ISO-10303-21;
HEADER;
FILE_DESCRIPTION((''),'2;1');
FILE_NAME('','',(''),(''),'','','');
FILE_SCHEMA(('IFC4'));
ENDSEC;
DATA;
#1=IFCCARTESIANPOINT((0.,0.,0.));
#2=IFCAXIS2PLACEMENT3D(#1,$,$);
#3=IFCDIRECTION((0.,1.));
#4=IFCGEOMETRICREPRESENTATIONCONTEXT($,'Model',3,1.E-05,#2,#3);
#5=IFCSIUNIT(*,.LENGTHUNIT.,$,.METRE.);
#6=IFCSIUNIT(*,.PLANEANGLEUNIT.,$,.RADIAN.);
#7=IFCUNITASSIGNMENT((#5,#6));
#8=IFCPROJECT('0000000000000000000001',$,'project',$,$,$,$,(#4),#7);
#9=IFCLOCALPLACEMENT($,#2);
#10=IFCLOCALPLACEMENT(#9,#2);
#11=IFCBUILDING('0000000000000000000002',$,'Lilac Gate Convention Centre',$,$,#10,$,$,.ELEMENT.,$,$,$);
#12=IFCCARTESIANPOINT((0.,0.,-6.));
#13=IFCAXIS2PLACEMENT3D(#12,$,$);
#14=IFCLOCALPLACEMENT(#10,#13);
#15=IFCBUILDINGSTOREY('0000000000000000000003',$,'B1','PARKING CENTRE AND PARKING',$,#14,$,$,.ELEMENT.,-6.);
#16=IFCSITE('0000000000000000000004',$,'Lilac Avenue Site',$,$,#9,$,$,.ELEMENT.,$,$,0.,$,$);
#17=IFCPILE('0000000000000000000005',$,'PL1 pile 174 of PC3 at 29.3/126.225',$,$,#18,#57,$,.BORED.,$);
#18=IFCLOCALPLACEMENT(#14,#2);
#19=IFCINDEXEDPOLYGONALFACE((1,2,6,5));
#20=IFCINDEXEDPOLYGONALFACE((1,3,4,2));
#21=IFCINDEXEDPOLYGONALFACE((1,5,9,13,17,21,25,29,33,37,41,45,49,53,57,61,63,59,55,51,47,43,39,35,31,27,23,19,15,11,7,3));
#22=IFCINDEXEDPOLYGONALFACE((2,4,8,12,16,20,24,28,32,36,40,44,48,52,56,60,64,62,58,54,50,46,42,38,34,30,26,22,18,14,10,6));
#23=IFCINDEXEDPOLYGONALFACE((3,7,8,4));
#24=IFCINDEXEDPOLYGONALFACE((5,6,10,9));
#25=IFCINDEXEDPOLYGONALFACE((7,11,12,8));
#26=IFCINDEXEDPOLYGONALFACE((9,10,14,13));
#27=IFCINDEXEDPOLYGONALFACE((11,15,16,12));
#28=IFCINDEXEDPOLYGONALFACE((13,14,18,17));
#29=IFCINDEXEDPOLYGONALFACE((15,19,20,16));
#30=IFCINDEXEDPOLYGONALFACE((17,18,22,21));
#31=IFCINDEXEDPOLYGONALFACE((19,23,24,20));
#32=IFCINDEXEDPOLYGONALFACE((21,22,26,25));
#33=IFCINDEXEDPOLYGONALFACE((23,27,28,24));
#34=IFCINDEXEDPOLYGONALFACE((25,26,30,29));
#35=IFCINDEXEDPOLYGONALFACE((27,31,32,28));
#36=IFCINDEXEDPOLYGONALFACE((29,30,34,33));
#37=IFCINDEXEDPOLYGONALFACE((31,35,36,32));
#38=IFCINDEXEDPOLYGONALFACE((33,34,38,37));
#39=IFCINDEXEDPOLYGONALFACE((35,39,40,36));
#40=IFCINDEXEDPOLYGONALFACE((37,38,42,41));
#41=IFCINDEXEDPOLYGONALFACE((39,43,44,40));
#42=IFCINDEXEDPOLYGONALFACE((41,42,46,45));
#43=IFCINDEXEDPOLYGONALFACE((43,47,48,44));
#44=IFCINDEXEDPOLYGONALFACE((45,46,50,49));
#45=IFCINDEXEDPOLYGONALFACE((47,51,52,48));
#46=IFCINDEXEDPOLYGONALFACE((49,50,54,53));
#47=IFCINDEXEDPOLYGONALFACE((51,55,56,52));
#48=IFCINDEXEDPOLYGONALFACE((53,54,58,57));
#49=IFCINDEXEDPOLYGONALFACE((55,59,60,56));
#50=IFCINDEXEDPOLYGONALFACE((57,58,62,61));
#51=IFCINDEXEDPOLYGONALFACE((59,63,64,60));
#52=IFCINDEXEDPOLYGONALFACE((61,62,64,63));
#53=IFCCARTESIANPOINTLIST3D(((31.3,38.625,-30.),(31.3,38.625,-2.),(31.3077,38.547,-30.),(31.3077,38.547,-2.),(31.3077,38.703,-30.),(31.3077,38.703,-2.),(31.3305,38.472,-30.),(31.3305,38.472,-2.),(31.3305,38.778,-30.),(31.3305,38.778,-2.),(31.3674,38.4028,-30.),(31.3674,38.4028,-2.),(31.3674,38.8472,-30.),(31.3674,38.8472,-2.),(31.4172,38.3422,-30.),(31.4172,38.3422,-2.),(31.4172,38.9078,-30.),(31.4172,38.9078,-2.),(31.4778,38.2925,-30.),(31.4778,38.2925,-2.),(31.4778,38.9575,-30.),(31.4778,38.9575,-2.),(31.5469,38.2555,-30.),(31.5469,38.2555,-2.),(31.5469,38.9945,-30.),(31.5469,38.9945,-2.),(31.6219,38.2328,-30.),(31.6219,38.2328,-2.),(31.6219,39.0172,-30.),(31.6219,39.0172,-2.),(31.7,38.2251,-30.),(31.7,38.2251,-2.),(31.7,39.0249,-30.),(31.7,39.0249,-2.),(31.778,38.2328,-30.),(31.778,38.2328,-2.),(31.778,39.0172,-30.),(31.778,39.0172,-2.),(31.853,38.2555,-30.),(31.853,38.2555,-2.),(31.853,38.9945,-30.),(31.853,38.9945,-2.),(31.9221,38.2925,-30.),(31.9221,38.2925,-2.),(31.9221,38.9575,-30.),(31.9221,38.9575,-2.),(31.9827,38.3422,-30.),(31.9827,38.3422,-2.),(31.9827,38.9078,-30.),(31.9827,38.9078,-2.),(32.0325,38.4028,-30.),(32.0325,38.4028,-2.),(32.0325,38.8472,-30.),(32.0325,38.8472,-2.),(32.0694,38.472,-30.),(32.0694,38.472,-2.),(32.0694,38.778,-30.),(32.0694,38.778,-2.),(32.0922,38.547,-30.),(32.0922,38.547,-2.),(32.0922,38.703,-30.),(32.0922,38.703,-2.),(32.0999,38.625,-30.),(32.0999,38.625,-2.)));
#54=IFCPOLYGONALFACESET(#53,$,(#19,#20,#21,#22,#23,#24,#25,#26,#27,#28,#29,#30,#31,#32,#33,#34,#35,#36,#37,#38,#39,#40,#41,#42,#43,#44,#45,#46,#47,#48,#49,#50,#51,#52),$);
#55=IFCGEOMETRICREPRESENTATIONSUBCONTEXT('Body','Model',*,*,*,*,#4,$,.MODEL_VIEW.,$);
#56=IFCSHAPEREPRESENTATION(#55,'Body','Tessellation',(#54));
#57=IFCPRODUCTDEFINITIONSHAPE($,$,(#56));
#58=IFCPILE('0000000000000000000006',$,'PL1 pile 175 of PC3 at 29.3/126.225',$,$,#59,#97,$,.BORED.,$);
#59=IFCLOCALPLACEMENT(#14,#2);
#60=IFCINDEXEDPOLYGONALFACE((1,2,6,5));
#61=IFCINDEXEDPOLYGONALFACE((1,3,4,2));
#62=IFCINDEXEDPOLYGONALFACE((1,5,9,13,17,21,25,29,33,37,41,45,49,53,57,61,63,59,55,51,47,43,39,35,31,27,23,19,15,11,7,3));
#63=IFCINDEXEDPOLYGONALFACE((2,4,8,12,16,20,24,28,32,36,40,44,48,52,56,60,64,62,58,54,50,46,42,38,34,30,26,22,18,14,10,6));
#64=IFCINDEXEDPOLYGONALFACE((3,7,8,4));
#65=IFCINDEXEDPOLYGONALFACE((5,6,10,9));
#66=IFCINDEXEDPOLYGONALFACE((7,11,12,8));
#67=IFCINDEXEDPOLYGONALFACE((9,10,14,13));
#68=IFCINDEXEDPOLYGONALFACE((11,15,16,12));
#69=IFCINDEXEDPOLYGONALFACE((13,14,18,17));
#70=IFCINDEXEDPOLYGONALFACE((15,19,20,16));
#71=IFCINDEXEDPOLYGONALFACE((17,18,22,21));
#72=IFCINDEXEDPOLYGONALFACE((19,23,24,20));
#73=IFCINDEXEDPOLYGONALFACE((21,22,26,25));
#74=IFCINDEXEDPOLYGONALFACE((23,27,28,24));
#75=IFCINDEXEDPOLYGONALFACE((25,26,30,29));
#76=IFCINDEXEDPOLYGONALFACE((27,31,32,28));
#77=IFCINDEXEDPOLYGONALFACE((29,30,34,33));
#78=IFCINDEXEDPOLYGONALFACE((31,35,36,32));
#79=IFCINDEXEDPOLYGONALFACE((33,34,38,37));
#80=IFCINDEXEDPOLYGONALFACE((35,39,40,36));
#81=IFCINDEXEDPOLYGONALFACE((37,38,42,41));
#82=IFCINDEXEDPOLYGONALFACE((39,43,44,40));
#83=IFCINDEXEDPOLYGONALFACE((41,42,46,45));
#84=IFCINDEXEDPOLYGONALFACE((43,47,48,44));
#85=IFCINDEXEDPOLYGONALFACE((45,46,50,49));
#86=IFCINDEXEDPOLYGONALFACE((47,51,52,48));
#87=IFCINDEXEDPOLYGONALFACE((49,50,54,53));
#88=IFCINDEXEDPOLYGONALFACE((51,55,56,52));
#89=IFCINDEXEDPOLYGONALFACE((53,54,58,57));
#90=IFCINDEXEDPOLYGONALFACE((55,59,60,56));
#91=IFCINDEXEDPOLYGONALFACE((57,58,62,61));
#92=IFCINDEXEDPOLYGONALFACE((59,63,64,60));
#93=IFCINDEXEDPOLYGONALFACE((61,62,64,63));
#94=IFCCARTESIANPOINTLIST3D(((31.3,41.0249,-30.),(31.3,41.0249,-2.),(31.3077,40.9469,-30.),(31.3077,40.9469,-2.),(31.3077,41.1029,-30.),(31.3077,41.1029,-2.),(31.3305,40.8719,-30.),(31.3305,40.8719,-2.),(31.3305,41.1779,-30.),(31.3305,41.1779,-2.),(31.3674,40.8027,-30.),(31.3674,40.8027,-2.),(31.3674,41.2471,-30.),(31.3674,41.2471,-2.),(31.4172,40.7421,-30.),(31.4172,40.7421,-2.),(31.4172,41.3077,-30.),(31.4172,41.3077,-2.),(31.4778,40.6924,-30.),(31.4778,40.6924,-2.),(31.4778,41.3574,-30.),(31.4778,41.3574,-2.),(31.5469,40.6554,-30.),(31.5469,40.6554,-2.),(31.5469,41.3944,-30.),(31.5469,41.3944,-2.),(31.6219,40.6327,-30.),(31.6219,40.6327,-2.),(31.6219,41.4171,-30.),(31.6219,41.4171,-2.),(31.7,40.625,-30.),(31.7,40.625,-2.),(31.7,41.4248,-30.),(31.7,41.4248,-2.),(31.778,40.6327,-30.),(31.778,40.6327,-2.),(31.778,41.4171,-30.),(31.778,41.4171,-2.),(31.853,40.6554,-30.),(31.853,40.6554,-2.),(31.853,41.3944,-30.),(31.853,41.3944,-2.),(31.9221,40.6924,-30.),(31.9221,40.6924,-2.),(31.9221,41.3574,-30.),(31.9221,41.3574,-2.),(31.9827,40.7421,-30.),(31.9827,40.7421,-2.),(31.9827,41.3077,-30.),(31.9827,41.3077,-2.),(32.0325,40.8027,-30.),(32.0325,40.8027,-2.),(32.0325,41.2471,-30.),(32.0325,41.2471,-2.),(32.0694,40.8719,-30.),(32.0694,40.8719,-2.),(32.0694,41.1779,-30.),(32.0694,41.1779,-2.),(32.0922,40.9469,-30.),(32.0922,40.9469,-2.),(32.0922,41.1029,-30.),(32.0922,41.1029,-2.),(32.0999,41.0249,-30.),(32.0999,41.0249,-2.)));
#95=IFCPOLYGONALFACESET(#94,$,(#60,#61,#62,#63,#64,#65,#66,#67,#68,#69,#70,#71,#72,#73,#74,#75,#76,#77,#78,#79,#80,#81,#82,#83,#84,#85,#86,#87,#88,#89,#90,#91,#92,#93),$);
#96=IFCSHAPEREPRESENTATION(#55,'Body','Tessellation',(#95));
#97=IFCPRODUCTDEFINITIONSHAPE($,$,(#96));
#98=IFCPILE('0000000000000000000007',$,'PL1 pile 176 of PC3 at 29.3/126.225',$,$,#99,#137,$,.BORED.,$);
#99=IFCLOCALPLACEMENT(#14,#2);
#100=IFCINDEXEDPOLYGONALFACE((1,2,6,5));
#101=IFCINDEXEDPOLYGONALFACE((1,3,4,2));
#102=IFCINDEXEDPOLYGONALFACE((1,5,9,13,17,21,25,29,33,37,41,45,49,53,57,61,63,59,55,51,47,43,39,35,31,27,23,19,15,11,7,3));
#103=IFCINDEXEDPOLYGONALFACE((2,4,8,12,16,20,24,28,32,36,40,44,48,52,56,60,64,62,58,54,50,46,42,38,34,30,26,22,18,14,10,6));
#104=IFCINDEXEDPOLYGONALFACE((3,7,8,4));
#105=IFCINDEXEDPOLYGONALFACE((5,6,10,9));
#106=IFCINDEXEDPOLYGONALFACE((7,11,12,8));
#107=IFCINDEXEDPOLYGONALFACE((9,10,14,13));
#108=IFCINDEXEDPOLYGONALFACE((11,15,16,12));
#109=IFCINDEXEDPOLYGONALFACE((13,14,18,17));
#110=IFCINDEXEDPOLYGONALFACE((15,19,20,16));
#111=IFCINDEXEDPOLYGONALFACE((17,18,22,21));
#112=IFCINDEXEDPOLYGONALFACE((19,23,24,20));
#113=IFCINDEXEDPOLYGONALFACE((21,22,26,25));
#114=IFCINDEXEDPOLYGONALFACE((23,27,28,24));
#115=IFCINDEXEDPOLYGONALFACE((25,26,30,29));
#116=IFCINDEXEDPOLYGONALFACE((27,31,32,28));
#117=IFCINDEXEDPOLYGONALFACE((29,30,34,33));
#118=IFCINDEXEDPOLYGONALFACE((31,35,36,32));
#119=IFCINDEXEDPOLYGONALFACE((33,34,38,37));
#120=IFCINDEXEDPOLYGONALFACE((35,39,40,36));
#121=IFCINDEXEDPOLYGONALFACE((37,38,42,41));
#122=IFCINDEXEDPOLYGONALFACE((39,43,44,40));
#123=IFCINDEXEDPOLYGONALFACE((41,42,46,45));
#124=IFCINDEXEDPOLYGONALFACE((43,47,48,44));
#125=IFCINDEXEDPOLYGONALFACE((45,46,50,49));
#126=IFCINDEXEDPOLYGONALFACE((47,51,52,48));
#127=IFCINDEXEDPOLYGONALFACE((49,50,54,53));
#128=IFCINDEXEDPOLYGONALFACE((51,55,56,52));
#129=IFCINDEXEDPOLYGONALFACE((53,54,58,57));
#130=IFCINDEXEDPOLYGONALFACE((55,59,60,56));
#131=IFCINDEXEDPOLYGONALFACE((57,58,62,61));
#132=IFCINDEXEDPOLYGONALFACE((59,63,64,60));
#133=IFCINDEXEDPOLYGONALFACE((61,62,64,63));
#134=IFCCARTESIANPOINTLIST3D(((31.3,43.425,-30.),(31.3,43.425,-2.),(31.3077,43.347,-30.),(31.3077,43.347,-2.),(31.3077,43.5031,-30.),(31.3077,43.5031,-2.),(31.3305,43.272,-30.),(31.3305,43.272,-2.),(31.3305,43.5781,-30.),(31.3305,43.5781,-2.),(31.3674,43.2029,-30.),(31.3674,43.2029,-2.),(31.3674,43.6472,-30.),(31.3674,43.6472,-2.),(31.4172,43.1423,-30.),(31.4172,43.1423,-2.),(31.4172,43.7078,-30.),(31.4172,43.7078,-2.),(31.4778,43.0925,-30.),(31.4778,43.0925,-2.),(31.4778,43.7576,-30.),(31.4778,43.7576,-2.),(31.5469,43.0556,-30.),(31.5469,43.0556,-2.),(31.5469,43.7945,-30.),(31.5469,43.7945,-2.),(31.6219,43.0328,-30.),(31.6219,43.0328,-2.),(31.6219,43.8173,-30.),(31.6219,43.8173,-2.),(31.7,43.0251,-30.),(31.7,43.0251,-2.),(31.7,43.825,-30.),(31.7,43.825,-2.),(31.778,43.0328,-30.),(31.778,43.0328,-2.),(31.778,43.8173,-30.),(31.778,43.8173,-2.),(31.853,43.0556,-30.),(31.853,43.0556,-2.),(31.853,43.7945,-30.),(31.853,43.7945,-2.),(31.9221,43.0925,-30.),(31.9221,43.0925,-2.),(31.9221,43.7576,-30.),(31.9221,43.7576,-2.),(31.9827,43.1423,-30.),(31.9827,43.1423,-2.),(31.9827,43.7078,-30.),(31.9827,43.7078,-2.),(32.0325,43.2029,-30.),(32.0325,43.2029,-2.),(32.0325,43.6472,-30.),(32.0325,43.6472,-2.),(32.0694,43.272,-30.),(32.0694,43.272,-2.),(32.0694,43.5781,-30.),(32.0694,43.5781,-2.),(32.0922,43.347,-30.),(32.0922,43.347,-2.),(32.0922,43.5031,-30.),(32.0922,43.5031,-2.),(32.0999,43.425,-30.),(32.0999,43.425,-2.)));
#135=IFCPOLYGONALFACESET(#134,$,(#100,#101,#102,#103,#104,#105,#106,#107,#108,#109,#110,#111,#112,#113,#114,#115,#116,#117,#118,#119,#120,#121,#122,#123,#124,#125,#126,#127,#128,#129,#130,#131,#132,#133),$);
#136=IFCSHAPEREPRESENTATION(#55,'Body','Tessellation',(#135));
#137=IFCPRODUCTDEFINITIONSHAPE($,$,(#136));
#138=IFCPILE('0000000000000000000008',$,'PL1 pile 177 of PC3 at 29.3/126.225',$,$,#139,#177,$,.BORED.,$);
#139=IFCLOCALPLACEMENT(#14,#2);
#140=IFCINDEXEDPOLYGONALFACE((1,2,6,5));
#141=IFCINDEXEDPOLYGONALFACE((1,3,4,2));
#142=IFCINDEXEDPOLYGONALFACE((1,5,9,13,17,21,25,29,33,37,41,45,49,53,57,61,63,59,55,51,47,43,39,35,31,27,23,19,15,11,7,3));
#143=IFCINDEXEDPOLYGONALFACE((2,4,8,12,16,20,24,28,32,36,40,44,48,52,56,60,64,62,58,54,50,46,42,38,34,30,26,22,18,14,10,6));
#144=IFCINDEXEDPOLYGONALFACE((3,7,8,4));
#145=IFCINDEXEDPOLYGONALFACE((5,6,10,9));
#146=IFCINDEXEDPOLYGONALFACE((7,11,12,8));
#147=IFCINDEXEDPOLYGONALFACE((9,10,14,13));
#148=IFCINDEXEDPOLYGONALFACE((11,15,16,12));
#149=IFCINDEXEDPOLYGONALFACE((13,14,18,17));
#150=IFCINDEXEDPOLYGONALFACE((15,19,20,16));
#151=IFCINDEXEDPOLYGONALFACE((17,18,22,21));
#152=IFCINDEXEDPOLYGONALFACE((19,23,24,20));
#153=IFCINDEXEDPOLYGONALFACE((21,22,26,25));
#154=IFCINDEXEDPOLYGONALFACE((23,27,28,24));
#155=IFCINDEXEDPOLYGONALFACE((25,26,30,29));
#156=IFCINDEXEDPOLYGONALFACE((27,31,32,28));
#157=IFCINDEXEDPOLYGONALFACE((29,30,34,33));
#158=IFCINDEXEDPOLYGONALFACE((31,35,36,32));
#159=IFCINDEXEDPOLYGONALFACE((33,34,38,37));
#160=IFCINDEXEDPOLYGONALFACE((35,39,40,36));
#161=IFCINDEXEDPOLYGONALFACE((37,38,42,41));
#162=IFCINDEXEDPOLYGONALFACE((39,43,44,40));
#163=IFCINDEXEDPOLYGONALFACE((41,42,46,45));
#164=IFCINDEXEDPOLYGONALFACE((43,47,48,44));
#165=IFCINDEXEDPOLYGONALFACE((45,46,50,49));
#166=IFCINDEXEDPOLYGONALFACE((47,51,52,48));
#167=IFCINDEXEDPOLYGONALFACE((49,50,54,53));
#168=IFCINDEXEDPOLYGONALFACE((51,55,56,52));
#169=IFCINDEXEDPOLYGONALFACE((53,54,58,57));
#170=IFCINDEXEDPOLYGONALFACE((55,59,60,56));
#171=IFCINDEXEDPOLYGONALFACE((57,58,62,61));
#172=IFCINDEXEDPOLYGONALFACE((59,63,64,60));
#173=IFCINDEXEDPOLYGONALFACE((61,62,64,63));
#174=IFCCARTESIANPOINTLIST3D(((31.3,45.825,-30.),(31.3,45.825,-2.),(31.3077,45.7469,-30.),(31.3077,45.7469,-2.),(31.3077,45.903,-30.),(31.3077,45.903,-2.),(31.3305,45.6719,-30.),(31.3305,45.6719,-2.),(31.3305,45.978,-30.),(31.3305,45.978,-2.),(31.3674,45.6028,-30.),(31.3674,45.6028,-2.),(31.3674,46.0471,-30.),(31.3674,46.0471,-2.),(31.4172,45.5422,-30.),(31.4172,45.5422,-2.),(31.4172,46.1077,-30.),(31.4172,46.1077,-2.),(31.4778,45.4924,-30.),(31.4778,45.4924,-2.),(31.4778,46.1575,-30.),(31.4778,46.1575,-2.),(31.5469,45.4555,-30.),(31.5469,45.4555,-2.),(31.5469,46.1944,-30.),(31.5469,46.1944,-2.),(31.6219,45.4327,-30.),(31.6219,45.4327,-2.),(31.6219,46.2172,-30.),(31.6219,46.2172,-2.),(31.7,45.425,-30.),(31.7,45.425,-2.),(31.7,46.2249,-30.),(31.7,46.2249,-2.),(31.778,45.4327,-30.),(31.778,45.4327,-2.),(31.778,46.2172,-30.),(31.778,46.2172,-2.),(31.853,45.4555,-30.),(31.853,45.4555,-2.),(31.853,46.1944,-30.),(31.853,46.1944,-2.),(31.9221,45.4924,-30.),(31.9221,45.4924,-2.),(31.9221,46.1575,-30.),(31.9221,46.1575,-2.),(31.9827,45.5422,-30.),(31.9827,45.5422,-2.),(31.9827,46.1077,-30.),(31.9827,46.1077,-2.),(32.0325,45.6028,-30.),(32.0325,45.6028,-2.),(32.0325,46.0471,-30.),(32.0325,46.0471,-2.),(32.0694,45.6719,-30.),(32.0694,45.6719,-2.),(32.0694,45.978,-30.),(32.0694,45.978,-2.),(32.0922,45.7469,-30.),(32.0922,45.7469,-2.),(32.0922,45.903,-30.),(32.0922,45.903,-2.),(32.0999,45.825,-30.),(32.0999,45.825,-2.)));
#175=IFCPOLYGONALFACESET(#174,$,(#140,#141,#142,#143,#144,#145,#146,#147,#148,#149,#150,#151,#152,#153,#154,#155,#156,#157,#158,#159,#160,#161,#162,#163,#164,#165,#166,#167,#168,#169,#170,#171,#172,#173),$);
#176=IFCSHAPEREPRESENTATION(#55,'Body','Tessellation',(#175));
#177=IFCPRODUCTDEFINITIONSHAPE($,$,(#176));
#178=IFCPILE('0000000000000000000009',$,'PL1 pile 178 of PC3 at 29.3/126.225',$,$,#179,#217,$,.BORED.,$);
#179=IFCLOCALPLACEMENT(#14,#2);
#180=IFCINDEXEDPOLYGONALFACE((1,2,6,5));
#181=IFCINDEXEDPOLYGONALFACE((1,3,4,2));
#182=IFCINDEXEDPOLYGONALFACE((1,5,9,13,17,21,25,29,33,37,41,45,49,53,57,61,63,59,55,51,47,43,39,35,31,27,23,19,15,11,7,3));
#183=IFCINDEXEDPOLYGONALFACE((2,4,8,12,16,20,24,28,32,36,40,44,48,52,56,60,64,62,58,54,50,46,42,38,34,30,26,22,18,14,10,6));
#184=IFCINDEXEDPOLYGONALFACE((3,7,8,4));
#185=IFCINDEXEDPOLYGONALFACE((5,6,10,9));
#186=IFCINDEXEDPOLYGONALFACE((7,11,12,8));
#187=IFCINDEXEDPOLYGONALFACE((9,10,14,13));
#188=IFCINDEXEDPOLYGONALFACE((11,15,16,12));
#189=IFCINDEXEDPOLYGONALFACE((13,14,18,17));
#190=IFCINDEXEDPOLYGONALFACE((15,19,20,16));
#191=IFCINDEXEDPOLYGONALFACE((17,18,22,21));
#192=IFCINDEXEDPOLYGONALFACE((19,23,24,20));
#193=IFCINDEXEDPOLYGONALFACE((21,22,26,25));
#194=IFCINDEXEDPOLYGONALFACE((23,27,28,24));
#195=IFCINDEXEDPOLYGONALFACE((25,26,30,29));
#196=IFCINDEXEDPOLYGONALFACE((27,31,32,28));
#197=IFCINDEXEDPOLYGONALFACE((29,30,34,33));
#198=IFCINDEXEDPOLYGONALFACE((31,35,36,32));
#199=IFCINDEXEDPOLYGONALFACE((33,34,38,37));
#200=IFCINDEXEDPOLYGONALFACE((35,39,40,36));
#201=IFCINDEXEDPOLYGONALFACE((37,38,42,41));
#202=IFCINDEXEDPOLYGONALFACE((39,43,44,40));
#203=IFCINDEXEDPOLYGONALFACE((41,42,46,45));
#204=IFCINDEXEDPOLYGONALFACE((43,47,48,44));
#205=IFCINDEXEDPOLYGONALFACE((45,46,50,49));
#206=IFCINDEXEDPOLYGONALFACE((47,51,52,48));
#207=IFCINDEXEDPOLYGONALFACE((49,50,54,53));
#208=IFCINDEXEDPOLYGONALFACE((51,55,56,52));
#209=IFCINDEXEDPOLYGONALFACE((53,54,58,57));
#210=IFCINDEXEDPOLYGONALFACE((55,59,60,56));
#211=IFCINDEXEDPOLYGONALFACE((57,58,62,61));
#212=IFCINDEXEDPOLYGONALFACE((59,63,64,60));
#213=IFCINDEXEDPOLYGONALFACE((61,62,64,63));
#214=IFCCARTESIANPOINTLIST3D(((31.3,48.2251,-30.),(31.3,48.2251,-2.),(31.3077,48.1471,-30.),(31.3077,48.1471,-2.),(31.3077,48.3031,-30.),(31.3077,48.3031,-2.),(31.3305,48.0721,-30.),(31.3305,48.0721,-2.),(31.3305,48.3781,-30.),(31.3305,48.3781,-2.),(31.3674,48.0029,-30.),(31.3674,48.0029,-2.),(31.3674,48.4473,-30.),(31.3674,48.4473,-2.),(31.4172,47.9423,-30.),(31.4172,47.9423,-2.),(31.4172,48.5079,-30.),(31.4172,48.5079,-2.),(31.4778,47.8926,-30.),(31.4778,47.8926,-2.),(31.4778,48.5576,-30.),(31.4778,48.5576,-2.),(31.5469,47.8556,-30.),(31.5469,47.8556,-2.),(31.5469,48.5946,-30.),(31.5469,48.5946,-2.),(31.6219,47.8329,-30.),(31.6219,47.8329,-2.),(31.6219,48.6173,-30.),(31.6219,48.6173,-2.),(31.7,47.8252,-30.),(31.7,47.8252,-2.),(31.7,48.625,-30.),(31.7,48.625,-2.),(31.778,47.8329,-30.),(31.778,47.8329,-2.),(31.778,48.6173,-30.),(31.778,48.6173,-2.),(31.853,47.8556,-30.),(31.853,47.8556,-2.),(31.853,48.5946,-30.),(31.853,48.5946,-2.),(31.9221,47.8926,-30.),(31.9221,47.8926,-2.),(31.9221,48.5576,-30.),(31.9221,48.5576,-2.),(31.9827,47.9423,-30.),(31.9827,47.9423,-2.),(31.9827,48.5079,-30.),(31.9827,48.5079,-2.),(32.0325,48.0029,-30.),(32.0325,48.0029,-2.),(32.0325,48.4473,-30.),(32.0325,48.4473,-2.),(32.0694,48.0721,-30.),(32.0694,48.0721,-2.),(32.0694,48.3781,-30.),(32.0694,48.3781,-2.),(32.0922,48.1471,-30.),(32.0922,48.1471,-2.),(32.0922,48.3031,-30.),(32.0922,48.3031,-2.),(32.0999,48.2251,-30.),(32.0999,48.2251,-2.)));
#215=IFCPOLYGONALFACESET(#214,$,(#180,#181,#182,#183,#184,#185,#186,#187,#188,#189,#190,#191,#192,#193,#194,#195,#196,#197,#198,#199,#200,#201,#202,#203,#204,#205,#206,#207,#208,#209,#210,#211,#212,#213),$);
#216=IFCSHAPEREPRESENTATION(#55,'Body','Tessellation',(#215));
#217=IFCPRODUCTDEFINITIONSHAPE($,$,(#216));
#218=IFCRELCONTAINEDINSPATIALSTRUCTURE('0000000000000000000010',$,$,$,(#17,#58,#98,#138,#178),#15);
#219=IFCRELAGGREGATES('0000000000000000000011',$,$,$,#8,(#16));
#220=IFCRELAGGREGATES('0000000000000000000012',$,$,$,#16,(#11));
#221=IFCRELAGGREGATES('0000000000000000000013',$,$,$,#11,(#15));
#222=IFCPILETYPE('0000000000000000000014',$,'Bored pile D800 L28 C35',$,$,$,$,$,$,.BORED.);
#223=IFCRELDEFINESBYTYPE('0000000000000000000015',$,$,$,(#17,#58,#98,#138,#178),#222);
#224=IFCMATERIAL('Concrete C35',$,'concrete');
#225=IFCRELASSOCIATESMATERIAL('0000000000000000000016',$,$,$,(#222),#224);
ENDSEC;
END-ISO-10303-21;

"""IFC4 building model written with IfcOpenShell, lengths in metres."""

from ifc_helpers import new_model, si_unit, direction, frame, origin, origin_2d, place, context, subcontext, project, spatial, circle, extrude, material, material_profile, profile_set, type_object, element, save


model = new_model("IFC4")

# Units and contexts
model_context = context("Model", 3, precision=1e-05, world=origin(), true_north=direction((0.0, 1.0)))
body_context = subcontext(model_context, "Body", "Model", "MODEL_VIEW")
ifc_project = project(units=[si_unit("LENGTHUNIT", "METRE"), si_unit("PLANEANGLEUNIT", "RADIAN")], contexts=[model_context])

# Site, building, storey
site_placement = place(None, origin())
site = spatial("IfcSite", under=ifc_project, at=site_placement, Name="Lilac Avenue Site", CompositionType="ELEMENT", RefElevation=0.0)
building_placement = place(site_placement, origin())
building = spatial("IfcBuilding", under=site, at=building_placement, Name="Lilac Gate Convention Centre", CompositionType="ELEMENT")
storey_placement = place(building_placement, frame((0.0, 0.0, -6.0)))
storey = spatial("IfcBuildingStorey", under=building, at=storey_placement, Name="B1", Description="PARKING CENTRE AND PARKING", CompositionType="ELEMENT", Elevation=-6.0)

# Piles
ifc_material_1 = material(Name="Concrete C35", Category="concrete")
ifc_material_profile_1 = material_profile(ifc_material_1, circle(Radius=0.3999, at=origin_2d()), Name="D800")
ifc_profile_set_1 = profile_set([ifc_material_profile_1], Name="Concrete C35")
pile_type = type_object("IfcPileType", Name="Bored pile D800 L28 C35", PredefinedType="BORED", material=ifc_profile_set_1)
for number, where, z_axis, x_axis, name in (
    (1, (31.7, 38.625, -2.0), (0.0, 0.0, -1.0), (1.0, 0.0, 0.0), "PL1 pile 174 of PC3 at 29.3/126.225"),
    (2, (31.7, 41.0249, -2.0), (0.0, 0.0, -1.0), (1.0, 0.0, 0.0), "PL1 pile 175 of PC3 at 29.3/126.225"),
    (3, (31.7, 43.425, -2.0), (0.0, 0.0, -1.0), (1.0, 0.0, 0.0), "PL1 pile 176 of PC3 at 29.3/126.225"),
    (4, (31.7, 45.825, -2.0), (0.0, 0.0, -1.0), (1.0, 0.0, 0.0), "PL1 pile 177 of PC3 at 29.3/126.225"),
    (5, (31.7, 48.2251, -2.0), (0.0, 0.0, -1.0), (1.0, 0.0, 0.0), "PL1 pile 178 of PC3 at 29.3/126.225"),
):
    element("IfcPile", number, at=place(storey_placement, frame(where, z_axis=z_axis, x_axis=x_axis)), inside=storey, type_object=pile_type, Name=name, PredefinedType="BORED", context=body_context, shape_type="SweptSolid", body=[
        extrude(circle(Radius=0.3999, at=origin_2d()), origin(), (0.0, 0.0, 1.0), 28.0),
    ])

save(model, "model.ifc")
